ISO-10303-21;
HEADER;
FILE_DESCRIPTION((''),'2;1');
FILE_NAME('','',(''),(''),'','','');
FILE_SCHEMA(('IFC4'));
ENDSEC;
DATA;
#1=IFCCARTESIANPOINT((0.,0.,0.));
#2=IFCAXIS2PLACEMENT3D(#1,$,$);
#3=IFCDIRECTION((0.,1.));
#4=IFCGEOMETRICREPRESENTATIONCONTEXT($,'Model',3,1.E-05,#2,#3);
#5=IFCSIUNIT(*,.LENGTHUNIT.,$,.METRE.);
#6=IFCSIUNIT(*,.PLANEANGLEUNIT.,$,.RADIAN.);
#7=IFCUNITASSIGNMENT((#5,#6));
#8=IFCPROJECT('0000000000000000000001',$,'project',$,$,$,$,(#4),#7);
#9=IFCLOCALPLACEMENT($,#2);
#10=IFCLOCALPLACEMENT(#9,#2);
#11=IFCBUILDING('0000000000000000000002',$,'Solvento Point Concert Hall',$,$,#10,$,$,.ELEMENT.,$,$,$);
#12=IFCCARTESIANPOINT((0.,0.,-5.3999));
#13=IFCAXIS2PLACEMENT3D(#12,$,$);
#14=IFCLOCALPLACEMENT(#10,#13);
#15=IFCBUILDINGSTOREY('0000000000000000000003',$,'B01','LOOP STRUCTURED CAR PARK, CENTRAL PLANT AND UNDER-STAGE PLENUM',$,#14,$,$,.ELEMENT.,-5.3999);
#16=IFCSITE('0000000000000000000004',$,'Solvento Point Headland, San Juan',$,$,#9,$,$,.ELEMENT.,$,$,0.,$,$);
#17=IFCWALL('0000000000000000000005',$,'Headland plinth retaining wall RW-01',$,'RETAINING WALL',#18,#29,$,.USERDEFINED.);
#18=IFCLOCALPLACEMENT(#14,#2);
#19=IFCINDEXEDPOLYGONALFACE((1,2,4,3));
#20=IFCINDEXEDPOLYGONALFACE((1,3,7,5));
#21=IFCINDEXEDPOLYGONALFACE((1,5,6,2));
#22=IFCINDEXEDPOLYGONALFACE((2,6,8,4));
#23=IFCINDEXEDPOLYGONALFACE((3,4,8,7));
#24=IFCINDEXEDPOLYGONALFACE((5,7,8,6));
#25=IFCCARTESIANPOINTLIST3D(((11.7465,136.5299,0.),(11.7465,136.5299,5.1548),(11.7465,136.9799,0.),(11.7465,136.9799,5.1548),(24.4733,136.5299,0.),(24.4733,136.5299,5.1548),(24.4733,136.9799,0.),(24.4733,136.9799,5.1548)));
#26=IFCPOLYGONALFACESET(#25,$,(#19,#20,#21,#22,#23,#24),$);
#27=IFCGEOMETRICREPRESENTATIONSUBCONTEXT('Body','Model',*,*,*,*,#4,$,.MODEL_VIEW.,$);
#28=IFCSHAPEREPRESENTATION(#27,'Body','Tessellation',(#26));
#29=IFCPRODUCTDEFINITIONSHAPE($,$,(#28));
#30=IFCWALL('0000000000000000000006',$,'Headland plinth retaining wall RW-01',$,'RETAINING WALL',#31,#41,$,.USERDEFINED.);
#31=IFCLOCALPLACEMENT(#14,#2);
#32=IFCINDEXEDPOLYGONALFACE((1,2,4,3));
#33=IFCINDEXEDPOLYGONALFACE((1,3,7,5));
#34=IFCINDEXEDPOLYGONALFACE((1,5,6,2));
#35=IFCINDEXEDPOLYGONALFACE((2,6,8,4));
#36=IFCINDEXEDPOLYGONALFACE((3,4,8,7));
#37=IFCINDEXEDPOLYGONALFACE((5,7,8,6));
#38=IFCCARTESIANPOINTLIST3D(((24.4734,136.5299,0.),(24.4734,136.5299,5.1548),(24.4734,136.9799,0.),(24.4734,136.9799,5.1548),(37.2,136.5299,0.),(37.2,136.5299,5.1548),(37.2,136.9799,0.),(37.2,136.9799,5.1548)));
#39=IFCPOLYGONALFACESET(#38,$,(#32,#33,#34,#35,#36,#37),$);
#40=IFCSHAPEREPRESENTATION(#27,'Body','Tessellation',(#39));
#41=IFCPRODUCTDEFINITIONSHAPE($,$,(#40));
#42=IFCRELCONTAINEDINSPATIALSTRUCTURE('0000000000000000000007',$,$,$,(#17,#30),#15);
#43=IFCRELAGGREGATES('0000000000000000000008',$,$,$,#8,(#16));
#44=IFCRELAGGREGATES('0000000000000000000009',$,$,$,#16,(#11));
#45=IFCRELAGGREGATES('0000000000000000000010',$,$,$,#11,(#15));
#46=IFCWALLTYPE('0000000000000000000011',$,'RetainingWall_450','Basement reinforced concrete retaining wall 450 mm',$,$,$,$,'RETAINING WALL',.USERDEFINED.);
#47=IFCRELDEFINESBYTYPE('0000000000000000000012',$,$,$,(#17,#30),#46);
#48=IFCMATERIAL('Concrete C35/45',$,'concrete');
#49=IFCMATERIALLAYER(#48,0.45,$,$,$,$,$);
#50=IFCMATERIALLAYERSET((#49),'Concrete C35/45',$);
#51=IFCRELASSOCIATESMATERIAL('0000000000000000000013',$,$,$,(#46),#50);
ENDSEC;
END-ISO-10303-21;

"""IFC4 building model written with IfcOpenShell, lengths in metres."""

from ifc_helpers import new_model, si_unit, direction, frame, frame_2d, origin, place, context, subcontext, project, spatial, rectangle, extrude, material, layer, layer_set, type_object, element, save


model = new_model("IFC4")

# Units and contexts
model_context = context("Model", 3, precision=1e-05, world=origin(), true_north=direction((0.0, 1.0)))
body_context = subcontext(model_context, "Body", "Model", "MODEL_VIEW")
ifc_project = project(units=[si_unit("LENGTHUNIT", "METRE"), si_unit("PLANEANGLEUNIT", "RADIAN")], contexts=[model_context])

# Site, building, storey
site_placement = place(None, origin())
site = spatial("IfcSite", under=ifc_project, at=site_placement, Name="Solvento Point Headland, San Juan", CompositionType="ELEMENT", RefElevation=0.0)
building_placement = place(site_placement, origin())
building = spatial("IfcBuilding", under=site, at=building_placement, Name="Solvento Point Concert Hall", CompositionType="ELEMENT")
storey_placement = place(building_placement, frame((0.0, 0.0, -5.3999)))
storey = spatial("IfcBuildingStorey", under=building, at=storey_placement, Name="B01", Description="LOOP STRUCTURED CAR PARK, CENTRAL PLANT AND UNDER-STAGE PLENUM", CompositionType="ELEMENT", Elevation=-5.3999)

# Walls
ifc_material_1 = material(Name="Concrete C35/45", Category="concrete")
ifc_layer = layer(ifc_material_1, 0.45)
ifc_layer_set = layer_set([ifc_layer], Name="Concrete C35/45")
wall_type = type_object("IfcWallType", Name="RetainingWall_450", Description="Basement reinforced concrete retaining wall 450 mm", ElementType="RETAINING WALL", PredefinedType="USERDEFINED", material=ifc_layer_set)
wall_1_placement = place(storey_placement, frame((11.7466, 136.7549, 0.0), z_axis=(0.0, 0.0, 1.0), x_axis=(1.0, 0.0, 0.0)))
element("IfcWall", 1, at=wall_1_placement, inside=storey, type_object=wall_type, Name="Headland plinth retaining wall RW-01", ObjectType="RETAINING WALL", PredefinedType="USERDEFINED", context=body_context, shape_type="SweptSolid", body=[
    extrude(rectangle(XDim=12.7268, YDim=0.45, at=frame_2d((6.3633, 0.0))), origin(), (0.0, 0.0, 1.0), 5.1548),
])
wall_2_placement = place(storey_placement, frame((24.4734, 136.7549, 0.0), z_axis=(0.0, 0.0, 1.0), x_axis=(1.0, 0.0, 0.0)))
element("IfcWall", 2, at=wall_2_placement, inside=storey, type_object=wall_type, Name="Headland plinth retaining wall RW-01", ObjectType="RETAINING WALL", PredefinedType="USERDEFINED", context=body_context, shape_type="SweptSolid", body=[
    extrude(rectangle(XDim=12.7266, YDim=0.45, at=frame_2d((6.3633, 0.0))), origin(), (0.0, 0.0, 1.0), 5.1548),
])

save(model, "model.ifc")
